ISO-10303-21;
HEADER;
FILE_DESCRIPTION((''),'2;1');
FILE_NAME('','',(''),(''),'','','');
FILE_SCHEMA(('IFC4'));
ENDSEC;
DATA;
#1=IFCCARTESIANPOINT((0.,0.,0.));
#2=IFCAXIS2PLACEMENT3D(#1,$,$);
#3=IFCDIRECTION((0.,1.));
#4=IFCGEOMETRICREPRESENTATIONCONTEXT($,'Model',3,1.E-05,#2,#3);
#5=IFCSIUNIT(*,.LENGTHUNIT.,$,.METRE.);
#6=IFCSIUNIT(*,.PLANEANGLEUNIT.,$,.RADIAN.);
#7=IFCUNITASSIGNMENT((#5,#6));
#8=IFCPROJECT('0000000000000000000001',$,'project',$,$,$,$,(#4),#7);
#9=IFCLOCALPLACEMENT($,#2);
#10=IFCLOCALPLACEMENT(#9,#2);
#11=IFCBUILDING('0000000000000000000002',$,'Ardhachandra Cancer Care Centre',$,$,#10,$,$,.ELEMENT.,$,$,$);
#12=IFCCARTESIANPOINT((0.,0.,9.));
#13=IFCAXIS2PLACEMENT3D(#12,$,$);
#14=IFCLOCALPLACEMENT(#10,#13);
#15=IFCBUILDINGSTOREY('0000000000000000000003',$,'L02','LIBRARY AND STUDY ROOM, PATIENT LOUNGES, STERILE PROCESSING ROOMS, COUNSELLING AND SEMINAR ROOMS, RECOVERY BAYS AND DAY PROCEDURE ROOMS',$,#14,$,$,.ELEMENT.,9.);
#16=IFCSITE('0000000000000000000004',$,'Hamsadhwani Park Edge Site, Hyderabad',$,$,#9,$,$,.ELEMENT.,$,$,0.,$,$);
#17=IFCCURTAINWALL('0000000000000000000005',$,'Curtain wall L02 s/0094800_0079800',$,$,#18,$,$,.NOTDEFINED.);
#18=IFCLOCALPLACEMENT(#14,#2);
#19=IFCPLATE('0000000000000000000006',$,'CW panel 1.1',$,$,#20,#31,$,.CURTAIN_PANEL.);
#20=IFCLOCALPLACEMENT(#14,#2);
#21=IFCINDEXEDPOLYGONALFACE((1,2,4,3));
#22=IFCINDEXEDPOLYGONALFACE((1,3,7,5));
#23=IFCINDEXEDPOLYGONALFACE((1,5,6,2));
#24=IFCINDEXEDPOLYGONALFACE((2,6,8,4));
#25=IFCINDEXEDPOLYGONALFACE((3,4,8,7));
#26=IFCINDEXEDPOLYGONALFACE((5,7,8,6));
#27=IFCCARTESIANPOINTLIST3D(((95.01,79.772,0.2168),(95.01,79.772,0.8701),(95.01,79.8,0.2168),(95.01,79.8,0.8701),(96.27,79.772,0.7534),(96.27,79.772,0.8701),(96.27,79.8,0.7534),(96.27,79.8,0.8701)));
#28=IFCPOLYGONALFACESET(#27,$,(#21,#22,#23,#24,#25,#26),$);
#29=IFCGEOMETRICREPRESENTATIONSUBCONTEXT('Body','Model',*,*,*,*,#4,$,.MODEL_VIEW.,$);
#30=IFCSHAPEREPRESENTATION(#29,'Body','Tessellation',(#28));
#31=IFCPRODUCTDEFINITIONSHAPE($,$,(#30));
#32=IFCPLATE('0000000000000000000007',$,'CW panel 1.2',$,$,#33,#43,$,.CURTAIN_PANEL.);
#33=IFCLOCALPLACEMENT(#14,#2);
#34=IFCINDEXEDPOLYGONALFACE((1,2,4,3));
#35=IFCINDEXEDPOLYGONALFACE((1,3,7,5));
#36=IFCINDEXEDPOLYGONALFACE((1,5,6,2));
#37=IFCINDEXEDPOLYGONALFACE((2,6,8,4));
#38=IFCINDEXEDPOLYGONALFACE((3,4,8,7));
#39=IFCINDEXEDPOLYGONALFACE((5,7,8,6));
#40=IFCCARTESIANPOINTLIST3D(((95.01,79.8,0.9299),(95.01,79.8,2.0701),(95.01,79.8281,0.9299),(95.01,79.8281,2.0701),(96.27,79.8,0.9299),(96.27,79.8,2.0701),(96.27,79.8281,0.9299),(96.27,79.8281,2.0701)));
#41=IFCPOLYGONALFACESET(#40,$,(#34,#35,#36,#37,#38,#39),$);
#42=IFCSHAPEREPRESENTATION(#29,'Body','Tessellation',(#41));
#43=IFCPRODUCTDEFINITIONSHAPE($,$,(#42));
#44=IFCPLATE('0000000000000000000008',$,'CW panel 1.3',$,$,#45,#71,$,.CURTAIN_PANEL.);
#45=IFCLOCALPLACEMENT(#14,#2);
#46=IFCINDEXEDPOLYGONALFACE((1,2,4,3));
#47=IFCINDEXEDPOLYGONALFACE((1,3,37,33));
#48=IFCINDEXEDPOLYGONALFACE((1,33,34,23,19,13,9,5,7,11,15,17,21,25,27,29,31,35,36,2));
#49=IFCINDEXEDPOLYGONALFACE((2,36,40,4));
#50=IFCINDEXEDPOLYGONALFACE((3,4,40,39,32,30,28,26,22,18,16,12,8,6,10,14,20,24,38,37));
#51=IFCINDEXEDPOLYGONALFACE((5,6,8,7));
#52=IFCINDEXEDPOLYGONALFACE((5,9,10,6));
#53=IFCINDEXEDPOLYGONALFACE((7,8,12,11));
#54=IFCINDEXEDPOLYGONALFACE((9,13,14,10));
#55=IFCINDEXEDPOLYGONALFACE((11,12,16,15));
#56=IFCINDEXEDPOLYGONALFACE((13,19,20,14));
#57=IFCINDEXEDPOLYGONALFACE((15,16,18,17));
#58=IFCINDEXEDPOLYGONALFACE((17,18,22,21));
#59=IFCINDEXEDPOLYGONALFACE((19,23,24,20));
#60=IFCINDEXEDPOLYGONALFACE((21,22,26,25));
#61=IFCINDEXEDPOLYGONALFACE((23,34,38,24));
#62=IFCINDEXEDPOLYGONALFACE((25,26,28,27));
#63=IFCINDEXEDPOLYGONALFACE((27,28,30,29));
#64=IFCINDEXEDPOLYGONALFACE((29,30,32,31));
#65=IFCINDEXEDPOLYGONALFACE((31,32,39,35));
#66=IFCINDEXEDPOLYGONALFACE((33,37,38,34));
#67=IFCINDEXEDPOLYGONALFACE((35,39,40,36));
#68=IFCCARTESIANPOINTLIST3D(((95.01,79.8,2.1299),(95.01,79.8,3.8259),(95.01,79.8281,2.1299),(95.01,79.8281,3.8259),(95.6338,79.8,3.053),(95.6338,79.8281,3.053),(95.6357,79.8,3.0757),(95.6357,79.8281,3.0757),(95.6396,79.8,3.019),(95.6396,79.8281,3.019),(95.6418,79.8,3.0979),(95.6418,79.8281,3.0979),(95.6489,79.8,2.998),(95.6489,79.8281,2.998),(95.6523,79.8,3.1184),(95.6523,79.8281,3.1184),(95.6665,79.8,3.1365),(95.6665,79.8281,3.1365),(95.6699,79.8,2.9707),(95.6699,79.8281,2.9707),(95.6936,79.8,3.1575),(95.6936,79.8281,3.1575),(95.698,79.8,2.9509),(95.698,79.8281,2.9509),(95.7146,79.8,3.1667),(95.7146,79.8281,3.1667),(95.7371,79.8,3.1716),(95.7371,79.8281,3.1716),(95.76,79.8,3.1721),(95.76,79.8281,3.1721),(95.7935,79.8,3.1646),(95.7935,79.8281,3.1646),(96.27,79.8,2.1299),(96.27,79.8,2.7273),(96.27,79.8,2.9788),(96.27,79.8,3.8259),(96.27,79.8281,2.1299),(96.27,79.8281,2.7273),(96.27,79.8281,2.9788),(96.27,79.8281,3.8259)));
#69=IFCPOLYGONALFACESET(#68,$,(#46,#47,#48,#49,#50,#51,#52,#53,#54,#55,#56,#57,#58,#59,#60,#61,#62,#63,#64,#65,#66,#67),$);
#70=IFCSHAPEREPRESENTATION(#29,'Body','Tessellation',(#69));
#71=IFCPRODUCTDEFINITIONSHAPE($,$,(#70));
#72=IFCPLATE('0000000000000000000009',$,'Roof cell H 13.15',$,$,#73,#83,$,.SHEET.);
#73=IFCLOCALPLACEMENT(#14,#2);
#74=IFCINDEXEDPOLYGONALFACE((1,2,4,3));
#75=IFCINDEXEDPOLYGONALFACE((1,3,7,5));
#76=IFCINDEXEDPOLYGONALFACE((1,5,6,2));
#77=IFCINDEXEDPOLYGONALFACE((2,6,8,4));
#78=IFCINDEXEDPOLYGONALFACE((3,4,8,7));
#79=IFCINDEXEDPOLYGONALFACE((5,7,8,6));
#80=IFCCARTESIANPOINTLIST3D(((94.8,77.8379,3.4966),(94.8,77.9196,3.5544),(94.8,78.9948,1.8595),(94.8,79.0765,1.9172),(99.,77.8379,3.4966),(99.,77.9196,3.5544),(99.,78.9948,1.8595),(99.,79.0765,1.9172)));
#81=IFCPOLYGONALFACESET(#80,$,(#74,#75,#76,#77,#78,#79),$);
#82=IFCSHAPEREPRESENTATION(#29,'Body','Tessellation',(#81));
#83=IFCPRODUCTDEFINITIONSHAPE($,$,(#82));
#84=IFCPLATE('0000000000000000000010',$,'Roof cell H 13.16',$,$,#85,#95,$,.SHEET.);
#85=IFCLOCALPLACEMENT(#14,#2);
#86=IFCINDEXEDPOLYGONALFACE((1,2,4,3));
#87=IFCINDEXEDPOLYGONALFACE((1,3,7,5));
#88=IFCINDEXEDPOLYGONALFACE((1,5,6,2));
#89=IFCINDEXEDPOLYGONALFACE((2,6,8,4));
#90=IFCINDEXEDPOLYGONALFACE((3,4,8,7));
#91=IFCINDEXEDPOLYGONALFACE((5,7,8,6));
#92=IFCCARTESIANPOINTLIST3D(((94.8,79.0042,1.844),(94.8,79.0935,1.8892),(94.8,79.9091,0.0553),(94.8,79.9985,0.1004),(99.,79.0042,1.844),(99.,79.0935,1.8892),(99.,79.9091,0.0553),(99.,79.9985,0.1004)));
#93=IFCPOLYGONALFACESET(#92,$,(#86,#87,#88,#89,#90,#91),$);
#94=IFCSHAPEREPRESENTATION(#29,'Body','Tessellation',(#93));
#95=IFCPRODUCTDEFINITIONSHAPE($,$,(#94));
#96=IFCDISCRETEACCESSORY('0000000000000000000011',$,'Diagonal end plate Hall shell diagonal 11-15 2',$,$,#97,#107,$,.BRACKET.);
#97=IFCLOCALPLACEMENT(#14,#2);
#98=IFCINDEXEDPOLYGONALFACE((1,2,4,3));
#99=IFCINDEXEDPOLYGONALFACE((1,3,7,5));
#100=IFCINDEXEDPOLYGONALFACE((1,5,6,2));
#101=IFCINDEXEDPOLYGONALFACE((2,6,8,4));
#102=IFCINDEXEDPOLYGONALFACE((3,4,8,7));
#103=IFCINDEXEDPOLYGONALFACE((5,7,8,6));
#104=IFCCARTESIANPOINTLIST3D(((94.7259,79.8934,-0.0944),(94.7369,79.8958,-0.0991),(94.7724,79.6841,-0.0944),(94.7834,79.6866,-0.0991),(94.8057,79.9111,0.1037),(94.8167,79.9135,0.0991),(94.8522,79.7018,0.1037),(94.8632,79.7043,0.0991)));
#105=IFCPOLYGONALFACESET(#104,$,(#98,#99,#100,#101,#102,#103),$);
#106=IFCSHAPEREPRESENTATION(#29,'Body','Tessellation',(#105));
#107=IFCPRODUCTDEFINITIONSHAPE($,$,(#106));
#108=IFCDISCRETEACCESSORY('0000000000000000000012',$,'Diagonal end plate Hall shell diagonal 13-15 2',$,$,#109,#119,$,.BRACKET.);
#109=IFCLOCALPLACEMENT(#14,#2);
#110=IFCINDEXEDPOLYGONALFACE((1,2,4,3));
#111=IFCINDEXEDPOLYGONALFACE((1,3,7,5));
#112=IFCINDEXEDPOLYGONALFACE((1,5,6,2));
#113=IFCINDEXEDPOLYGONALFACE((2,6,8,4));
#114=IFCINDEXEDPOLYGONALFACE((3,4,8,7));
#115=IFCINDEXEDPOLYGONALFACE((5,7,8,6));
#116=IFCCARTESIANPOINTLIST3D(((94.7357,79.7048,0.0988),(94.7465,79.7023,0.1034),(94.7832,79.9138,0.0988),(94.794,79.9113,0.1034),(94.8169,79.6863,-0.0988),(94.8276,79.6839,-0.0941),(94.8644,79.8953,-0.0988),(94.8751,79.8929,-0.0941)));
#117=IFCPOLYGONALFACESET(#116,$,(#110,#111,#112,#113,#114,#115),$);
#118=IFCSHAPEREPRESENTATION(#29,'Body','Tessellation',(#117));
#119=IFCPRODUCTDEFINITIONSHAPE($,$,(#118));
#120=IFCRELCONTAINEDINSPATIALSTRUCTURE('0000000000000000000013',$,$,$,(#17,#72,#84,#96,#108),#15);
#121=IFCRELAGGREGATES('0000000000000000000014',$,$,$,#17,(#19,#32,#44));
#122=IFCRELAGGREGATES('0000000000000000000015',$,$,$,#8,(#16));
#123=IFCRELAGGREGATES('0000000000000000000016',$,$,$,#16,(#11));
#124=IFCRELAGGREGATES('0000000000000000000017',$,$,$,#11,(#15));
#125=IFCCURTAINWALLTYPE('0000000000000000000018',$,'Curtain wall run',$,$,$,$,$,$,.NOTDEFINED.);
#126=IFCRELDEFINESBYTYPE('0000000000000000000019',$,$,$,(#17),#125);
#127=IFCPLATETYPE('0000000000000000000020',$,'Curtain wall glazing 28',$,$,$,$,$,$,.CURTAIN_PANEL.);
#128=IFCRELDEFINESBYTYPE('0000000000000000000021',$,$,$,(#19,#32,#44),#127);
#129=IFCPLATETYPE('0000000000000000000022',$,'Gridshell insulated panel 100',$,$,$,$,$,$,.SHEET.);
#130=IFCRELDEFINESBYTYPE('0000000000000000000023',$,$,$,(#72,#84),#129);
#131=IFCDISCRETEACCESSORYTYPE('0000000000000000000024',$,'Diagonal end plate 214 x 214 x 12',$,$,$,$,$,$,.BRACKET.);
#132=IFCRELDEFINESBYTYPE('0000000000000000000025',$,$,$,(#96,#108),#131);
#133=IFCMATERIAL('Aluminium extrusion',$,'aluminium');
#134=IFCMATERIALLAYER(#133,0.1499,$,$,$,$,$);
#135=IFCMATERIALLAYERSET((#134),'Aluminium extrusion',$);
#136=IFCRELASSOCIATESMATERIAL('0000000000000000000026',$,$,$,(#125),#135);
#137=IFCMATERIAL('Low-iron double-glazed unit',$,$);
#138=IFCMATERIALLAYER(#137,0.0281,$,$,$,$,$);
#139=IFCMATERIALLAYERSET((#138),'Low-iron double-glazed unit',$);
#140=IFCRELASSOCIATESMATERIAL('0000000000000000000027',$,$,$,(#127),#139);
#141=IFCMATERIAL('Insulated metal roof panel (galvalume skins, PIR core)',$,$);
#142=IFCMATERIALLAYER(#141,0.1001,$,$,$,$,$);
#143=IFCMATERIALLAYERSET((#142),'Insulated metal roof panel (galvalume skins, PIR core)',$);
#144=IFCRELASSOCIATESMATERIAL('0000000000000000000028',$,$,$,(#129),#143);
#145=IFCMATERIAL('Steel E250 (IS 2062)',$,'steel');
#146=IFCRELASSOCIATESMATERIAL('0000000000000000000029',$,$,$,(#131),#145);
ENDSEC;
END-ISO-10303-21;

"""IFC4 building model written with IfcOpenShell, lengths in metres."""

from ifc_helpers import new_model, si_unit, direction, frame, origin, origin_2d, place, context, subcontext, project, spatial, polyline, rectangle, outline, extrude, material, layer, layer_set, material_profile, profile_set, type_object, element, aggregate, save


model = new_model("IFC4")

# Units and contexts
model_context = context("Model", 3, precision=1e-05, world=origin(), true_north=direction((0.0, 1.0)))
body_context = subcontext(model_context, "Body", "Model", "MODEL_VIEW")
ifc_project = project(units=[si_unit("LENGTHUNIT", "METRE"), si_unit("PLANEANGLEUNIT", "RADIAN")], contexts=[model_context])

# Site, building, storey
site_placement = place(None, origin())
site = spatial("IfcSite", under=ifc_project, at=site_placement, Name="Hamsadhwani Park Edge Site, Hyderabad", CompositionType="ELEMENT", RefElevation=0.0)
building_placement = place(site_placement, origin())
building = spatial("IfcBuilding", under=site, at=building_placement, Name="Ardhachandra Cancer Care Centre", CompositionType="ELEMENT")
storey_placement = place(building_placement, frame((0.0, 0.0, 9.0)))
storey = spatial("IfcBuildingStorey", under=building, at=storey_placement, Name="L02", Description="LIBRARY AND STUDY ROOM, PATIENT LOUNGES, STERILE PROCESSING ROOMS, COUNSELLING AND SEMINAR ROOMS, RECOVERY BAYS AND DAY PROCEDURE ROOMS", CompositionType="ELEMENT", Elevation=9.0)

# Shared definitions
ifc_material_1 = material(Name="Aluminium extrusion", Category="aluminium")
ifc_layer_1 = layer(ifc_material_1, 0.1499)
ifc_layer_set_1 = layer_set([ifc_layer_1], Name="Aluminium extrusion")
curtain_wall_type = type_object("IfcCurtainWallType", Name="Curtain wall run", PredefinedType="NOTDEFINED", material=ifc_layer_set_1)

# Curtain wall
curtain_wall_1_placement = place(storey_placement, origin())
curtain_wall_1 = element("IfcCurtainWall", 1, at=curtain_wall_1_placement, inside=storey, type_object=curtain_wall_type, Name="Curtain wall L02 s/0094800_0079800", PredefinedType="NOTDEFINED")

# Plates
ifc_material_2 = material(Name="Low-iron double-glazed unit")
ifc_layer_2 = layer(ifc_material_2, 0.0281)
ifc_layer_set_2 = layer_set([ifc_layer_2], Name="Low-iron double-glazed unit")
plate_type_1 = type_object("IfcPlateType", Name="Curtain wall glazing 28", PredefinedType="CURTAIN_PANEL", material=ifc_layer_set_2)
plate_1_placement = place(storey_placement, frame((95.01, 79.8, 0.8701), z_axis=(0.0, 1.0, 0.0), x_axis=(1.0, 0.0, 0.0)))
plate_1 = element("IfcPlate", 2, at=plate_1_placement, type_object=plate_type_1, Name="CW panel 1.1", PredefinedType="CURTAIN_PANEL", context=body_context, shape_type="SweptSolid", body=[
    extrude(outline(polyline([(0.0, 0.0), (1.26, 0.0), (1.26, 0.1167), (0.0, 0.6533), (0.0, 0.0)])), frame((0.0, 0.0, -0.0281)), (0.0, 0.0, 1.0), 0.0281),
])
plate_2_placement = place(storey_placement, frame((95.01, 79.8, 0.9299), z_axis=(0.0, 1.0, 0.0), x_axis=(0.0, 0.0, 1.0)))
plate_2 = element("IfcPlate", 3, at=plate_2_placement, type_object=plate_type_1, Name="CW panel 1.2", PredefinedType="CURTAIN_PANEL", context=body_context, shape_type="SweptSolid", body=[
    extrude(outline(polyline([(0.0, 0.0), (1.1401, 0.0), (1.1401, 1.26), (0.0, 1.26), (0.0, 0.0)])), origin(), (0.0, 0.0, 1.0), 0.0281),
])
plate_3_placement = place(storey_placement, frame((96.27, 79.8, 2.1299), z_axis=(0.0, 1.0, 0.0), x_axis=(-1.0, 0.0, 0.0)))
plate_3 = element("IfcPlate", 4, at=plate_3_placement, type_object=plate_type_1, Name="CW panel 1.3", PredefinedType="CURTAIN_PANEL", context=body_context, shape_type="SweptSolid", body=[
    extrude(outline(polyline([(0.0, 0.0), (1.26, 0.0), (1.26, 1.696), (0.0, 1.696), (0.0, 0.8489), (0.4766, 1.0347), (0.51, 1.0422), (0.533, 1.0417), (0.5554, 1.0369), (0.5764, 1.0276), (0.6035, 1.0066), (0.6177, 0.9885), (0.6282, 0.968), (0.6343, 0.9458), (0.6362, 0.9231), (0.6304, 0.8892), (0.6211, 0.8682), (0.6001, 0.8408), (0.572, 0.821), (0.0, 0.5974), (0.0, 0.0)])), origin(), (0.0, 0.0, 1.0), 0.0281),
])
aggregate(curtain_wall_1, [plate_1, plate_2, plate_3])

# Plates
ifc_material_3 = material(Name="Insulated metal roof panel (galvalume skins, PIR core)")
ifc_layer_3 = layer(ifc_material_3, 0.1001)
ifc_layer_set_3 = layer_set([ifc_layer_3], Name="Insulated metal roof panel (galvalume skins, PIR core)")
plate_type_2 = type_object("IfcPlateType", Name="Gridshell insulated panel 100", PredefinedType="SHEET", material=ifc_layer_set_3)
for number, where, z_axis, x_axis, name in (
    (5, (94.8, 77.8379, 3.4966), (0.0, 0.816661, 0.577118), (1.0, 0.0, 0.0), "Roof cell H 13.15"),
    (6, (94.8, 79.0042, 1.844), (0.0, 0.892298, 0.451447), (1.0, 0.0, 0.0), "Roof cell H 13.16"),
):
    element("IfcPlate", number, at=place(storey_placement, frame(where, z_axis=z_axis, x_axis=x_axis)), inside=storey, type_object=plate_type_2, Name=name, PredefinedType="SHEET", context=body_context, shape_type="SweptSolid", body=[
        extrude(outline(polyline([(0.0, 0.0), (4.2, 0.0), (4.2, 2.0046), (0.0, 2.0046), (0.0, 0.0)])), origin(), (0.0, 0.0, 1.0), 0.1001),
    ])

# Discrete accessories
ifc_material_4 = material(Name="Steel E250 (IS 2062)", Category="steel")
ifc_material_profile_1 = material_profile(ifc_material_4, rectangle(XDim=0.2144, YDim=0.2144, at=origin_2d()), Name="PL 214x214x12")
ifc_profile_set_1 = profile_set([ifc_material_profile_1], Name="Steel E250 (IS 2062)")
discrete_accessory_type = type_object("IfcDiscreteAccessoryType", Name="Diagonal end plate 214 x 214 x 12", PredefinedType="BRACKET", material=ifc_profile_set_1)
discrete_accessory_1_placement = place(storey_placement, frame((94.8, 79.8, 0.0), z_axis=(-0.902531, -0.200562, 0.381068), x_axis=(0.21693, -0.976187, 0.0)))
element("IfcDiscreteAccessory", 7, at=discrete_accessory_1_placement, inside=storey, type_object=discrete_accessory_type, Name="Diagonal end plate Hall shell diagonal 11-15 2", PredefinedType="BRACKET", context=body_context, shape_type="SweptSolid", body=[
    extrude(rectangle(XDim=0.2144, YDim=0.2144, at=origin_2d()), origin(), (0.0, 0.0, 1.0), 0.0122),
])
discrete_accessory_2_placement = place(storey_placement, frame((94.8, 79.8, 0.0), z_axis=(0.898708, -0.204252, 0.388079), x_axis=(0.221621, 0.975133, 0.0)))
element("IfcDiscreteAccessory", 8, at=discrete_accessory_2_placement, inside=storey, type_object=discrete_accessory_type, Name="Diagonal end plate Hall shell diagonal 13-15 2", PredefinedType="BRACKET", context=body_context, shape_type="SweptSolid", body=[
    extrude(rectangle(XDim=0.2144, YDim=0.2144, at=origin_2d()), origin(), (0.0, 0.0, 1.0), 0.012),
])

save(model, "model.ifc")
